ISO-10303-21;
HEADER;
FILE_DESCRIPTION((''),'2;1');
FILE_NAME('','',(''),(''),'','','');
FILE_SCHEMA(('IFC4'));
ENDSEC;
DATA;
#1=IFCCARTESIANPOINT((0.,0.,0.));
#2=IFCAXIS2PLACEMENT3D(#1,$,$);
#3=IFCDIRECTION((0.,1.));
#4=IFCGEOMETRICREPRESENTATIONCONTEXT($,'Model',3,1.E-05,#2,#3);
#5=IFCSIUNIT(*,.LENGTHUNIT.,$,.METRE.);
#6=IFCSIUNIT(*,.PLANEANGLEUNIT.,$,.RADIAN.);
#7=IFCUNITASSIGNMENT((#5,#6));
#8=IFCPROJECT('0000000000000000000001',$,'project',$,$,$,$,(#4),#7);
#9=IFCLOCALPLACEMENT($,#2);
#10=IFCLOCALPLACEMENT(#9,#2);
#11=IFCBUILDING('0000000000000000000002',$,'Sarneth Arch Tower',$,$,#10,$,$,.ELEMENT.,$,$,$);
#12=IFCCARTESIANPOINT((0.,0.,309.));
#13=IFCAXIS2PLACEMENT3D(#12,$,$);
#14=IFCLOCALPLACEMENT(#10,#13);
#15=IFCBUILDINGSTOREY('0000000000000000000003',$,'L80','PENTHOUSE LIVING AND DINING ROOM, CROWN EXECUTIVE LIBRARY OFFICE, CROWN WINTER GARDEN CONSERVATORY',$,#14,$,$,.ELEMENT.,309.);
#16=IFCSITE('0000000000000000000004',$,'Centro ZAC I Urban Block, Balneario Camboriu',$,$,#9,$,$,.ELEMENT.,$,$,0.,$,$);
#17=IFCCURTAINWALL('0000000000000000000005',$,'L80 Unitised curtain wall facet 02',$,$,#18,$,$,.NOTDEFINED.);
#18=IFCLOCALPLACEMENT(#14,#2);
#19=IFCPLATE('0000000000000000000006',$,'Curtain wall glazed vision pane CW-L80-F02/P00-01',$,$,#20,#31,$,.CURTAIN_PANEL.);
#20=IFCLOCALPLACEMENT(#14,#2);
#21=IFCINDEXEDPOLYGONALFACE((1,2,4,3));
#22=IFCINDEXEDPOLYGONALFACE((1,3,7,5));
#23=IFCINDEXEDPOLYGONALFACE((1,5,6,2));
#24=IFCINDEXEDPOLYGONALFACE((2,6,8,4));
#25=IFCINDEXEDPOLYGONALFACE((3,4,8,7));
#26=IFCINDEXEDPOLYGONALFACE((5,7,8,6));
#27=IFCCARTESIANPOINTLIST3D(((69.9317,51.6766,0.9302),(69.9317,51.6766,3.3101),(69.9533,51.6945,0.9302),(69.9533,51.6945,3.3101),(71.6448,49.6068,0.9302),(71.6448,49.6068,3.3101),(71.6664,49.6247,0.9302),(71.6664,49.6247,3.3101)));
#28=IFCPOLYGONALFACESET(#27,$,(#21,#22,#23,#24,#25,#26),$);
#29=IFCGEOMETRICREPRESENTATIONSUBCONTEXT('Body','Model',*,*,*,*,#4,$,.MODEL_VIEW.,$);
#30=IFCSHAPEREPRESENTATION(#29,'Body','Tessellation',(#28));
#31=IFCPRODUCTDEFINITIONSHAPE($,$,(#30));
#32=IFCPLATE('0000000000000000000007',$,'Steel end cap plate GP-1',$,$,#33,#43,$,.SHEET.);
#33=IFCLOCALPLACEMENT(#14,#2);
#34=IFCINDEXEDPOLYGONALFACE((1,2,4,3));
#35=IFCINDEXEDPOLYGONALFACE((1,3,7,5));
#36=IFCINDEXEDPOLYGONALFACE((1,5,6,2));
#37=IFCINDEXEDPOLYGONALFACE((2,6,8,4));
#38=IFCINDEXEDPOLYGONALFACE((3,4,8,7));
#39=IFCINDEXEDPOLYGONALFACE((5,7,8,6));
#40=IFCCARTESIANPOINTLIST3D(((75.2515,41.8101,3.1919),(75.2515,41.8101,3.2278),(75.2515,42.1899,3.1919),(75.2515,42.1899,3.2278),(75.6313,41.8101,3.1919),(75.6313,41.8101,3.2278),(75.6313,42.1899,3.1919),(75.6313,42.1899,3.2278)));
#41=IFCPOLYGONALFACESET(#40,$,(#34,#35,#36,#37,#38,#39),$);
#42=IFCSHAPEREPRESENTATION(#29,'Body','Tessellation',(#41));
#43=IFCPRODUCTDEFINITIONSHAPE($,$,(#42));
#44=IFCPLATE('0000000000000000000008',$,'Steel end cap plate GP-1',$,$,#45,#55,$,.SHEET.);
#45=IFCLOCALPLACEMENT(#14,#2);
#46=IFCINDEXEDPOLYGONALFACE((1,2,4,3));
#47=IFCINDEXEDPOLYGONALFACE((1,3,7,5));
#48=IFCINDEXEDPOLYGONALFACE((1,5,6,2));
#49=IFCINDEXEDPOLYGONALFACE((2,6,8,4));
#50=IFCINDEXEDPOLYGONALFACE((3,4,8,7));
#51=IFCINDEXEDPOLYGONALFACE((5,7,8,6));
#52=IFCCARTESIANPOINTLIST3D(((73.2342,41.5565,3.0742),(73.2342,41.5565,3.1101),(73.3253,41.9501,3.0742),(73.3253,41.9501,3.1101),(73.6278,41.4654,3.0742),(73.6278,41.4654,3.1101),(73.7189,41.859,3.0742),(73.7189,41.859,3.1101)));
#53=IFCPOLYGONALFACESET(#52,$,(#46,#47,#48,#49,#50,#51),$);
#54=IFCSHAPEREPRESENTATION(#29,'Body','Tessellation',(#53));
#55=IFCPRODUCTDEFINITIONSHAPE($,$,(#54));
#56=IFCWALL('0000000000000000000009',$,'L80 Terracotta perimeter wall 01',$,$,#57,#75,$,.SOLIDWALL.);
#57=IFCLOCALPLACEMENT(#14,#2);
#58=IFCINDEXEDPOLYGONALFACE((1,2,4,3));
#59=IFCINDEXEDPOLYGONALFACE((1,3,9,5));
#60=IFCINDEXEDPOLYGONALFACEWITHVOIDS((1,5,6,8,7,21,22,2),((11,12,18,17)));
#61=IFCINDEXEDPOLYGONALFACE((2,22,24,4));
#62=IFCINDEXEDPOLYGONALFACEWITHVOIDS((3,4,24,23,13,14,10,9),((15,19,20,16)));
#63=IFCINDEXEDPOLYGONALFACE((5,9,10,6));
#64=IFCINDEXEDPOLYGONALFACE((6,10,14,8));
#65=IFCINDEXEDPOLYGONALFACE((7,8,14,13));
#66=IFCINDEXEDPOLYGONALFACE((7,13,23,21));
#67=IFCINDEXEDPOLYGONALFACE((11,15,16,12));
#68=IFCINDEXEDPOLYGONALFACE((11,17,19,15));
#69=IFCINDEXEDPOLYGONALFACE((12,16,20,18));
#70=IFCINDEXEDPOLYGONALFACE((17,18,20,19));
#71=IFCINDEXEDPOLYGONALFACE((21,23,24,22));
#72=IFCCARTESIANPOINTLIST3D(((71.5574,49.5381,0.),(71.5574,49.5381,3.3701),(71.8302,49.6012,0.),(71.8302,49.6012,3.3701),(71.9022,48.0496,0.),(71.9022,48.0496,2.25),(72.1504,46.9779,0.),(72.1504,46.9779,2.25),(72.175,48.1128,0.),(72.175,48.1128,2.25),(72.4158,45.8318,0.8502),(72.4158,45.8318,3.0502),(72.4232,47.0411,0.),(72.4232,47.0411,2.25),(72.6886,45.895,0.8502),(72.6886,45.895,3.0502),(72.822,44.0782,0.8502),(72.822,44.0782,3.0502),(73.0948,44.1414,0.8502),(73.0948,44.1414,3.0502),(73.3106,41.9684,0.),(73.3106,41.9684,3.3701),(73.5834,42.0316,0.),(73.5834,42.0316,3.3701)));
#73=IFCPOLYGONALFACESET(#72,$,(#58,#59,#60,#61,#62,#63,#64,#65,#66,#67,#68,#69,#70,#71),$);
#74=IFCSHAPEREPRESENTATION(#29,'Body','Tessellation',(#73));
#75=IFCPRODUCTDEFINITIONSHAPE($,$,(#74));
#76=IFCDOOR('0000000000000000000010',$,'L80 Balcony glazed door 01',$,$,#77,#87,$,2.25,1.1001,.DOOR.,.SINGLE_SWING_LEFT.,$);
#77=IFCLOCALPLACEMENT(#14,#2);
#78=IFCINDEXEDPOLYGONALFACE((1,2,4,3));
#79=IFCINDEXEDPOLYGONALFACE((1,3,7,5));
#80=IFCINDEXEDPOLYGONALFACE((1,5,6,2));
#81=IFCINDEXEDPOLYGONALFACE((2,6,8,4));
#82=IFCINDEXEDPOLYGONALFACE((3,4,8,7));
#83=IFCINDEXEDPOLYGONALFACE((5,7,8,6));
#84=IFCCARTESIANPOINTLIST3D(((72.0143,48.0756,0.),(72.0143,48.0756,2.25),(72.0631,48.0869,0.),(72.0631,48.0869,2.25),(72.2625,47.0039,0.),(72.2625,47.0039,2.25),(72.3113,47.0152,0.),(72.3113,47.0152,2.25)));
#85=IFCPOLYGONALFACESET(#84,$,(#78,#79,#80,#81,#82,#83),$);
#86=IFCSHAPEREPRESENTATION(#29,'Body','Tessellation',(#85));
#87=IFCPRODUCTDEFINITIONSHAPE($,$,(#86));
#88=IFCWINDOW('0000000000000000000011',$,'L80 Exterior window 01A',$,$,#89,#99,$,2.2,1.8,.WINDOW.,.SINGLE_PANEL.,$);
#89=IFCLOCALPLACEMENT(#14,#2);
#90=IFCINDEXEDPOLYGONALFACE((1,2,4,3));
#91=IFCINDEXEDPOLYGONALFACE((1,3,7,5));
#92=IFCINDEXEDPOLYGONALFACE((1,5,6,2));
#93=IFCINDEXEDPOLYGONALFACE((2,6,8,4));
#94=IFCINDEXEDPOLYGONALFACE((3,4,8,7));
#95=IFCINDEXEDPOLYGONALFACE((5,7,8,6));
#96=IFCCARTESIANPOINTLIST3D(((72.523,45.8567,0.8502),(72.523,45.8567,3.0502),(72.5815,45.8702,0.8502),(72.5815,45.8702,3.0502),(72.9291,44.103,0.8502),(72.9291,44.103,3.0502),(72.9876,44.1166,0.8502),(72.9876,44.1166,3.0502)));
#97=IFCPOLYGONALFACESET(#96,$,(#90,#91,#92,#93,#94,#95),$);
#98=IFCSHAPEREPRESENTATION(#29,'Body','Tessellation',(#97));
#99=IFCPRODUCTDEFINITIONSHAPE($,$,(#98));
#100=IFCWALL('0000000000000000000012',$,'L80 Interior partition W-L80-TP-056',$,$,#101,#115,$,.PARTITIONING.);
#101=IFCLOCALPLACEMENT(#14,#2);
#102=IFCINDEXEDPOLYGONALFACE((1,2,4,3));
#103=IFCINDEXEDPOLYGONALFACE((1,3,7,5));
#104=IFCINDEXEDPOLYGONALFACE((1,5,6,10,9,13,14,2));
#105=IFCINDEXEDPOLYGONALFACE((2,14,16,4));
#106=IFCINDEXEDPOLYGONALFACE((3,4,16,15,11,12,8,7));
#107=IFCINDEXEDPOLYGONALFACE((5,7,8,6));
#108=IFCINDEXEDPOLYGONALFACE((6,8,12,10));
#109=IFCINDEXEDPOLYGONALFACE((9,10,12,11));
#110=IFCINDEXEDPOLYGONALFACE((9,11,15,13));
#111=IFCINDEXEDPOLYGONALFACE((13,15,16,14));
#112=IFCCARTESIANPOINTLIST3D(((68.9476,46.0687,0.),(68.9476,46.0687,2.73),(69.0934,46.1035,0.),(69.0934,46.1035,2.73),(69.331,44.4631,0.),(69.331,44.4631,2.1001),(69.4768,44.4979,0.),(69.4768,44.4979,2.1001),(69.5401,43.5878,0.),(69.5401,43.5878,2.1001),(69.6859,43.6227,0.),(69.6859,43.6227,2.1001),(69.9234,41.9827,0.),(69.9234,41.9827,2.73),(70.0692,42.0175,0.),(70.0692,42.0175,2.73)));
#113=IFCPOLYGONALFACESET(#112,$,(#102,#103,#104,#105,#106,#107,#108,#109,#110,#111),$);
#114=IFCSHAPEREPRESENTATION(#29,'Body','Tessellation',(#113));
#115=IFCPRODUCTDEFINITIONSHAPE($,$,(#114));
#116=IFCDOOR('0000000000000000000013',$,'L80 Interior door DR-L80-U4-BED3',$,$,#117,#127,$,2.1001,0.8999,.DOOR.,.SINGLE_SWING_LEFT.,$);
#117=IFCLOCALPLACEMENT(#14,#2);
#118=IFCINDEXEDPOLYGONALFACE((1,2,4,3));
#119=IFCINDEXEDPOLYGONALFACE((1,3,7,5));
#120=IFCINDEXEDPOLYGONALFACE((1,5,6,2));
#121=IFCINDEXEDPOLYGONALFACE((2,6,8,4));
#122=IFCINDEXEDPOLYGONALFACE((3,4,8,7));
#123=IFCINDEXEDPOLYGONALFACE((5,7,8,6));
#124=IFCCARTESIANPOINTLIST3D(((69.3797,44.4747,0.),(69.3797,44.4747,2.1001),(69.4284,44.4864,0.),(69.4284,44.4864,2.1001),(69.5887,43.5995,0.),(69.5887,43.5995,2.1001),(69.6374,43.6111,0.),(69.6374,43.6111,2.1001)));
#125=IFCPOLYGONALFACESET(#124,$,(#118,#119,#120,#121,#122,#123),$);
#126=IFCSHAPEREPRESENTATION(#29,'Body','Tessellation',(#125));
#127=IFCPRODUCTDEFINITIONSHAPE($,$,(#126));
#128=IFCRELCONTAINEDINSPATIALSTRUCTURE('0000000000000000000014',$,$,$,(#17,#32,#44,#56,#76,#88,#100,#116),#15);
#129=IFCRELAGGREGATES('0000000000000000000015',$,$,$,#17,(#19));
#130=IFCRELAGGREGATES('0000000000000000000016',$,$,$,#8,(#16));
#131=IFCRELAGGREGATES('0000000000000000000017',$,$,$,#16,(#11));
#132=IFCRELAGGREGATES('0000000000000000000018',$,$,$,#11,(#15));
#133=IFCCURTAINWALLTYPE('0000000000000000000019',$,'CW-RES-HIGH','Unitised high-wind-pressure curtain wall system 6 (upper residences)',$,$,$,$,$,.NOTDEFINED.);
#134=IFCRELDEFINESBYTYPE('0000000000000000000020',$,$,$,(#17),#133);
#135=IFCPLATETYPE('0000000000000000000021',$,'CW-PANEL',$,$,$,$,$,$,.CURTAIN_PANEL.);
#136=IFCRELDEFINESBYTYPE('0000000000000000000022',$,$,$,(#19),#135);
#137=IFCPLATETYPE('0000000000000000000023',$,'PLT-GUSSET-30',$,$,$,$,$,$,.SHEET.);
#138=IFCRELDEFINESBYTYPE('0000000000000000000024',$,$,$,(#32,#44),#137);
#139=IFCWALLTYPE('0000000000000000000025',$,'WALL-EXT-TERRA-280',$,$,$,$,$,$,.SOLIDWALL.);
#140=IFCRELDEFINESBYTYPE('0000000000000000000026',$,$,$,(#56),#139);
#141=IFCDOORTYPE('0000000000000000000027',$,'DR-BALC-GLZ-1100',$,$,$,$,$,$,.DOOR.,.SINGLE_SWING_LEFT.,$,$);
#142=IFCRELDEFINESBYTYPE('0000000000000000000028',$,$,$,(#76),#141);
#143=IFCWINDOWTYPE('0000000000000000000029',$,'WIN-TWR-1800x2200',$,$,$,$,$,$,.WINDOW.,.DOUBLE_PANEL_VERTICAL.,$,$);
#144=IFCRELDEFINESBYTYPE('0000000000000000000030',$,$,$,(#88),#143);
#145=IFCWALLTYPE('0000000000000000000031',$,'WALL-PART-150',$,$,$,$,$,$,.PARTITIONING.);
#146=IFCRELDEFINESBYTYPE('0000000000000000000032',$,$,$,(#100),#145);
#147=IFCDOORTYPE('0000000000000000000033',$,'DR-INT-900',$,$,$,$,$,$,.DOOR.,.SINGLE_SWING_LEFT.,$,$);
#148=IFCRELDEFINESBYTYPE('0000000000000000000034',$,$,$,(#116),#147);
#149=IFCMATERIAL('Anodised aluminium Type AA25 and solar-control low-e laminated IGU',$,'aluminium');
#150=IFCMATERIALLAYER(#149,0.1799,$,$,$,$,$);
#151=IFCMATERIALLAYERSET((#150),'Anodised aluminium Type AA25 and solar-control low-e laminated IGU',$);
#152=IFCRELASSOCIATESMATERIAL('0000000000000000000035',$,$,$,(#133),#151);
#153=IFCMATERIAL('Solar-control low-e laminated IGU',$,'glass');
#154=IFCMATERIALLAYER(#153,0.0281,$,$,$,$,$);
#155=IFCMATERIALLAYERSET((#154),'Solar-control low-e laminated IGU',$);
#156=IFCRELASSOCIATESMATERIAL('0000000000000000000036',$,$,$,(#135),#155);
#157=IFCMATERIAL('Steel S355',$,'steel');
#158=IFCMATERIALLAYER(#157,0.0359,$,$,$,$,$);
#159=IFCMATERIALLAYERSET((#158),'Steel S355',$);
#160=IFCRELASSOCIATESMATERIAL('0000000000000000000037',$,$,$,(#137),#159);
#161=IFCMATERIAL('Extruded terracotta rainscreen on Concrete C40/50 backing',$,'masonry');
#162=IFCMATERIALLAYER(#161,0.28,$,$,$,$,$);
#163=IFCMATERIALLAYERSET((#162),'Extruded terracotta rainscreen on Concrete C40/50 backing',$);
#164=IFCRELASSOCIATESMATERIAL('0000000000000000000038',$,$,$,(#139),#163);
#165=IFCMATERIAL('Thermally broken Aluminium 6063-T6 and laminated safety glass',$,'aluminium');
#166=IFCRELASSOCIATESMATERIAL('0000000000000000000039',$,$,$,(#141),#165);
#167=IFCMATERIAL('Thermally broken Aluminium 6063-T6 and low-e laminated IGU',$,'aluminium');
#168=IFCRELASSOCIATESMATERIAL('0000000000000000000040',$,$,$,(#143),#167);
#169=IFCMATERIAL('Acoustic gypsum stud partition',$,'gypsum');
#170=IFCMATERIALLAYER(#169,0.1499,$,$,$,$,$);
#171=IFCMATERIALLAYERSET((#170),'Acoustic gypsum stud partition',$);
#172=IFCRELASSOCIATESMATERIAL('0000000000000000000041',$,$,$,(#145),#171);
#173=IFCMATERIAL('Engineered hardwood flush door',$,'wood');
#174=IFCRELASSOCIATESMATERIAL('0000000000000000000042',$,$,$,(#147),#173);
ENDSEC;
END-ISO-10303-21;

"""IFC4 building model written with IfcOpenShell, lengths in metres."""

from ifc_helpers import new_model, si_unit, direction, frame, frame_2d, origin, origin_2d, place, context, subcontext, project, spatial, rectangle, extrude, material, layer, layer_set, type_object, element, fill, aggregate, save


model = new_model("IFC4")

# Units and contexts
model_context = context("Model", 3, precision=1e-05, world=origin(), true_north=direction((0.0, 1.0)))
body_context = subcontext(model_context, "Body", "Model", "MODEL_VIEW")
ifc_project = project(units=[si_unit("LENGTHUNIT", "METRE"), si_unit("PLANEANGLEUNIT", "RADIAN")], contexts=[model_context])

# Site, building, storey
site_placement = place(None, origin())
site = spatial("IfcSite", under=ifc_project, at=site_placement, Name="Centro ZAC I Urban Block, Balneario Camboriu", CompositionType="ELEMENT", RefElevation=0.0)
building_placement = place(site_placement, origin())
building = spatial("IfcBuilding", under=site, at=building_placement, Name="Sarneth Arch Tower", CompositionType="ELEMENT")
storey_placement = place(building_placement, frame((0.0, 0.0, 309.0)))
storey = spatial("IfcBuildingStorey", under=building, at=storey_placement, Name="L80", Description="PENTHOUSE LIVING AND DINING ROOM, CROWN EXECUTIVE LIBRARY OFFICE, CROWN WINTER GARDEN CONSERVATORY", CompositionType="ELEMENT", Elevation=309.0)

# Curtain wall
ifc_material_1 = material(Name="Anodised aluminium Type AA25 and solar-control low-e laminated IGU", Category="aluminium")
ifc_layer_1 = layer(ifc_material_1, 0.1799)
ifc_layer_set_1 = layer_set([ifc_layer_1], Name="Anodised aluminium Type AA25 and solar-control low-e laminated IGU")
curtain_wall_type = type_object("IfcCurtainWallType", Name="CW-RES-HIGH", Description="Unitised high-wind-pressure curtain wall system 6 (upper residences)", PredefinedType="NOTDEFINED", material=ifc_layer_set_1)
curtain_wall_placement = place(storey_placement, origin())
curtain_wall = element("IfcCurtainWall", 1, at=curtain_wall_placement, inside=storey, type_object=curtain_wall_type, Name="L80 Unitised curtain wall facet 02", PredefinedType="NOTDEFINED")

# Plate
ifc_material_2 = material(Name="Solar-control low-e laminated IGU", Category="glass")
ifc_layer_2 = layer(ifc_material_2, 0.0281)
ifc_layer_set_2 = layer_set([ifc_layer_2], Name="Solar-control low-e laminated IGU")
plate_type_1 = type_object("IfcPlateType", Name="CW-PANEL", PredefinedType="CURTAIN_PANEL", material=ifc_layer_set_2)
plate_1_placement = place(storey_placement, frame((70.7991, 50.6506, 0.9302), z_axis=(0.0, 0.0, 1.0), x_axis=(-0.63761, 0.770359, 0.0)))
plate_1 = element("IfcPlate", 2, at=plate_1_placement, type_object=plate_type_1, Name="Curtain wall glazed vision pane CW-L80-F02/P00-01", PredefinedType="CURTAIN_PANEL", context=body_context, shape_type="SweptSolid", body=[
    extrude(rectangle(XDim=2.6868, YDim=0.0281, at=origin_2d()), origin(), (0.0, 0.0, 1.0), 2.3799),
])
aggregate(curtain_wall, [plate_1])

# Plates
ifc_material_3 = material(Name="Steel S355", Category="steel")
ifc_layer_3 = layer(ifc_material_3, 0.0359)
ifc_layer_set_3 = layer_set([ifc_layer_3], Name="Steel S355")
plate_type_2 = type_object("IfcPlateType", Name="PLT-GUSSET-30", PredefinedType="SHEET", material=ifc_layer_set_3)
plate_2_placement = place(storey_placement, frame((75.4414, 42.0, 3.1919), z_axis=(0.0, 0.0, 1.0), x_axis=(1.0, 0.0, 0.0)))
element("IfcPlate", 3, at=plate_2_placement, inside=storey, type_object=plate_type_2, Name="Steel end cap plate GP-1", PredefinedType="SHEET", context=body_context, shape_type="SweptSolid", body=[
    extrude(rectangle(XDim=0.3799, YDim=0.3799, at=origin_2d()), origin(), (0.0, 0.0, 1.0), 0.0359),
])
plate_3_placement = place(storey_placement, frame((73.4766, 41.7078, 3.0742), z_axis=(0.0, 0.0, 1.0), x_axis=(0.225461, 0.974252, 0.0)))
element("IfcPlate", 4, at=plate_3_placement, inside=storey, type_object=plate_type_2, Name="Steel end cap plate GP-1", PredefinedType="SHEET", context=body_context, shape_type="SweptSolid", body=[
    extrude(rectangle(XDim=0.4041, YDim=0.4041, at=origin_2d()), origin(), (0.0, 0.0, 1.0), 0.0359),
])

# Wall, openings, door, window
ifc_material_4 = material(Name="Extruded terracotta rainscreen on Concrete C40/50 backing", Category="masonry")
ifc_layer_4 = layer(ifc_material_4, 0.28)
ifc_layer_set_4 = layer_set([ifc_layer_4], Name="Extruded terracotta rainscreen on Concrete C40/50 backing")
wall_type_1 = type_object("IfcWallType", Name="WALL-EXT-TERRA-280", PredefinedType="SOLIDWALL", material=ifc_layer_set_4)
wall_1_placement = place(storey_placement, frame((73.447, 42.0, 0.0), z_axis=(0.0, 0.0, 1.0), x_axis=(-0.225635, 0.974212, 0.0)))
wall_1 = element("IfcWall", 5, at=wall_1_placement, inside=storey, type_object=wall_type_1, Name="L80 Terracotta perimeter wall 01", PredefinedType="SOLIDWALL", context=body_context, shape_type="SweptSolid", body=[
    extrude(rectangle(XDim=7.77, YDim=0.28, at=frame_2d((3.885, 0.0))), origin(), (0.0, 0.0, 1.0), 3.3701),
])
opening_1_placement = place(wall_1_placement, frame((2.1658, 0.0, 0.8501)))
opening_1 = element("IfcOpeningElement", 6, at=opening_1_placement, cuts=wall_1, PredefinedType="OPENING", context=body_context, shape_type="SweptSolid", body=[
    extrude(rectangle(XDim=1.8, YDim=2.2, at=frame_2d((0.8999, 1.1001))), frame((0.0, 0.1499, 0.0), z_axis=(0.0, -1.0, 0.0), x_axis=(1.0, 0.0, 0.0)), (0.0, 0.0, 1.0), 0.3),
])
opening_2_placement = place(wall_1_placement, frame((5.1421, 0.0, 0.0)))
opening_2 = element("IfcOpeningElement", 7, at=opening_2_placement, cuts=wall_1, PredefinedType="OPENING", context=body_context, shape_type="SweptSolid", body=[
    extrude(rectangle(XDim=1.1001, YDim=2.25, at=frame_2d((0.55, 1.125))), frame((0.0, 0.1499, 0.0), z_axis=(0.0, -1.0, 0.0), x_axis=(1.0, 0.0, 0.0)), (0.0, 0.0, 1.0), 0.3),
])
ifc_material_5 = material(Name="Thermally broken Aluminium 6063-T6 and laminated safety glass", Category="aluminium")
door_type_1 = type_object("IfcDoorType", Name="DR-BALC-GLZ-1100", OperationType="SINGLE_SWING_LEFT", PredefinedType="DOOR", material=ifc_material_5)
door_1_placement = place(opening_2_placement, origin())
door_1 = element("IfcDoor", 8, at=door_1_placement, inside=storey, type_object=door_type_1, Name="L80 Balcony glazed door 01", OperationType="SINGLE_SWING_LEFT", OverallHeight=2.25, OverallWidth=1.1001, PredefinedType="DOOR", context=body_context, shape_type="SweptSolid", body=[
    extrude(rectangle(XDim=1.1001, YDim=2.25, at=frame_2d((0.55, 1.125))), frame((0.0, 0.0249, 0.0), z_axis=(0.0, -1.0, 0.0), x_axis=(1.0, 0.0, 0.0)), (0.0, 0.0, 1.0), 0.05),
])
fill(opening_2, door_1)
ifc_material_6 = material(Name="Thermally broken Aluminium 6063-T6 and low-e laminated IGU", Category="aluminium")
window_type = type_object("IfcWindowType", Name="WIN-TWR-1800x2200", PartitioningType="DOUBLE_PANEL_VERTICAL", PredefinedType="WINDOW", material=ifc_material_6)
window_placement = place(opening_1_placement, origin())
window = element("IfcWindow", 9, at=window_placement, inside=storey, type_object=window_type, Name="L80 Exterior window 01A", OverallHeight=2.2, OverallWidth=1.8, PartitioningType="SINGLE_PANEL", PredefinedType="WINDOW", context=body_context, shape_type="SweptSolid", body=[
    extrude(rectangle(XDim=1.8, YDim=2.2, at=frame_2d((0.8999, 1.1001))), frame((0.0, 0.03, 0.0), z_axis=(0.0, -1.0, 0.0), x_axis=(1.0, 0.0, 0.0)), (0.0, 0.0, 1.0), 0.0601),
])
fill(opening_1, window)

# Wall, opening, door
ifc_material_7 = material(Name="Acoustic gypsum stud partition", Category="gypsum")
ifc_layer_5 = layer(ifc_material_7, 0.1499)
ifc_layer_set_5 = layer_set([ifc_layer_5], Name="Acoustic gypsum stud partition")
wall_type_2 = type_object("IfcWallType", Name="WALL-PART-150", PredefinedType="PARTITIONING", material=ifc_layer_set_5)
wall_2_placement = place(storey_placement, frame((69.9963, 42.0, 0.0), z_axis=(0.0, 0.0, 1.0), x_axis=(-0.232294, 0.972646, 0.0)))
wall_2 = element("IfcWall", 10, at=wall_2_placement, inside=storey, type_object=wall_type_2, Name="L80 Interior partition W-L80-TP-056", PredefinedType="PARTITIONING", context=body_context, shape_type="SweptSolid", body=[
    extrude(rectangle(XDim=4.2009, YDim=0.1499, at=frame_2d((2.1006, 0.0))), origin(), (0.0, 0.0, 1.0), 2.73),
])
opening_3_placement = place(wall_2_placement, frame((1.6504, 0.0, 0.0)))
opening_3 = element("IfcOpeningElement", 11, at=opening_3_placement, cuts=wall_2, PredefinedType="OPENING", context=body_context, shape_type="SweptSolid", body=[
    extrude(rectangle(XDim=0.8999, YDim=2.1001, at=frame_2d((0.45, 1.05))), frame((0.0, 0.085, 0.0), z_axis=(0.0, -1.0, 0.0), x_axis=(1.0, 0.0, 0.0)), (0.0, 0.0, 1.0), 0.1699),
])
ifc_material_8 = material(Name="Engineered hardwood flush door", Category="wood")
door_type_2 = type_object("IfcDoorType", Name="DR-INT-900", OperationType="SINGLE_SWING_LEFT", PredefinedType="DOOR", material=ifc_material_8)
door_2_placement = place(opening_3_placement, origin())
door_2 = element("IfcDoor", 12, at=door_2_placement, inside=storey, type_object=door_type_2, Name="L80 Interior door DR-L80-U4-BED3", OperationType="SINGLE_SWING_LEFT", OverallHeight=2.1001, OverallWidth=0.8999, PredefinedType="DOOR", context=body_context, shape_type="SweptSolid", body=[
    extrude(rectangle(XDim=0.8999, YDim=2.1001, at=frame_2d((0.45, 1.05))), frame((0.0, 0.0249, 0.0), z_axis=(0.0, -1.0, 0.0), x_axis=(1.0, 0.0, 0.0)), (0.0, 0.0, 1.0), 0.05),
])
fill(opening_3, door_2)

save(model, "model.ifc")
